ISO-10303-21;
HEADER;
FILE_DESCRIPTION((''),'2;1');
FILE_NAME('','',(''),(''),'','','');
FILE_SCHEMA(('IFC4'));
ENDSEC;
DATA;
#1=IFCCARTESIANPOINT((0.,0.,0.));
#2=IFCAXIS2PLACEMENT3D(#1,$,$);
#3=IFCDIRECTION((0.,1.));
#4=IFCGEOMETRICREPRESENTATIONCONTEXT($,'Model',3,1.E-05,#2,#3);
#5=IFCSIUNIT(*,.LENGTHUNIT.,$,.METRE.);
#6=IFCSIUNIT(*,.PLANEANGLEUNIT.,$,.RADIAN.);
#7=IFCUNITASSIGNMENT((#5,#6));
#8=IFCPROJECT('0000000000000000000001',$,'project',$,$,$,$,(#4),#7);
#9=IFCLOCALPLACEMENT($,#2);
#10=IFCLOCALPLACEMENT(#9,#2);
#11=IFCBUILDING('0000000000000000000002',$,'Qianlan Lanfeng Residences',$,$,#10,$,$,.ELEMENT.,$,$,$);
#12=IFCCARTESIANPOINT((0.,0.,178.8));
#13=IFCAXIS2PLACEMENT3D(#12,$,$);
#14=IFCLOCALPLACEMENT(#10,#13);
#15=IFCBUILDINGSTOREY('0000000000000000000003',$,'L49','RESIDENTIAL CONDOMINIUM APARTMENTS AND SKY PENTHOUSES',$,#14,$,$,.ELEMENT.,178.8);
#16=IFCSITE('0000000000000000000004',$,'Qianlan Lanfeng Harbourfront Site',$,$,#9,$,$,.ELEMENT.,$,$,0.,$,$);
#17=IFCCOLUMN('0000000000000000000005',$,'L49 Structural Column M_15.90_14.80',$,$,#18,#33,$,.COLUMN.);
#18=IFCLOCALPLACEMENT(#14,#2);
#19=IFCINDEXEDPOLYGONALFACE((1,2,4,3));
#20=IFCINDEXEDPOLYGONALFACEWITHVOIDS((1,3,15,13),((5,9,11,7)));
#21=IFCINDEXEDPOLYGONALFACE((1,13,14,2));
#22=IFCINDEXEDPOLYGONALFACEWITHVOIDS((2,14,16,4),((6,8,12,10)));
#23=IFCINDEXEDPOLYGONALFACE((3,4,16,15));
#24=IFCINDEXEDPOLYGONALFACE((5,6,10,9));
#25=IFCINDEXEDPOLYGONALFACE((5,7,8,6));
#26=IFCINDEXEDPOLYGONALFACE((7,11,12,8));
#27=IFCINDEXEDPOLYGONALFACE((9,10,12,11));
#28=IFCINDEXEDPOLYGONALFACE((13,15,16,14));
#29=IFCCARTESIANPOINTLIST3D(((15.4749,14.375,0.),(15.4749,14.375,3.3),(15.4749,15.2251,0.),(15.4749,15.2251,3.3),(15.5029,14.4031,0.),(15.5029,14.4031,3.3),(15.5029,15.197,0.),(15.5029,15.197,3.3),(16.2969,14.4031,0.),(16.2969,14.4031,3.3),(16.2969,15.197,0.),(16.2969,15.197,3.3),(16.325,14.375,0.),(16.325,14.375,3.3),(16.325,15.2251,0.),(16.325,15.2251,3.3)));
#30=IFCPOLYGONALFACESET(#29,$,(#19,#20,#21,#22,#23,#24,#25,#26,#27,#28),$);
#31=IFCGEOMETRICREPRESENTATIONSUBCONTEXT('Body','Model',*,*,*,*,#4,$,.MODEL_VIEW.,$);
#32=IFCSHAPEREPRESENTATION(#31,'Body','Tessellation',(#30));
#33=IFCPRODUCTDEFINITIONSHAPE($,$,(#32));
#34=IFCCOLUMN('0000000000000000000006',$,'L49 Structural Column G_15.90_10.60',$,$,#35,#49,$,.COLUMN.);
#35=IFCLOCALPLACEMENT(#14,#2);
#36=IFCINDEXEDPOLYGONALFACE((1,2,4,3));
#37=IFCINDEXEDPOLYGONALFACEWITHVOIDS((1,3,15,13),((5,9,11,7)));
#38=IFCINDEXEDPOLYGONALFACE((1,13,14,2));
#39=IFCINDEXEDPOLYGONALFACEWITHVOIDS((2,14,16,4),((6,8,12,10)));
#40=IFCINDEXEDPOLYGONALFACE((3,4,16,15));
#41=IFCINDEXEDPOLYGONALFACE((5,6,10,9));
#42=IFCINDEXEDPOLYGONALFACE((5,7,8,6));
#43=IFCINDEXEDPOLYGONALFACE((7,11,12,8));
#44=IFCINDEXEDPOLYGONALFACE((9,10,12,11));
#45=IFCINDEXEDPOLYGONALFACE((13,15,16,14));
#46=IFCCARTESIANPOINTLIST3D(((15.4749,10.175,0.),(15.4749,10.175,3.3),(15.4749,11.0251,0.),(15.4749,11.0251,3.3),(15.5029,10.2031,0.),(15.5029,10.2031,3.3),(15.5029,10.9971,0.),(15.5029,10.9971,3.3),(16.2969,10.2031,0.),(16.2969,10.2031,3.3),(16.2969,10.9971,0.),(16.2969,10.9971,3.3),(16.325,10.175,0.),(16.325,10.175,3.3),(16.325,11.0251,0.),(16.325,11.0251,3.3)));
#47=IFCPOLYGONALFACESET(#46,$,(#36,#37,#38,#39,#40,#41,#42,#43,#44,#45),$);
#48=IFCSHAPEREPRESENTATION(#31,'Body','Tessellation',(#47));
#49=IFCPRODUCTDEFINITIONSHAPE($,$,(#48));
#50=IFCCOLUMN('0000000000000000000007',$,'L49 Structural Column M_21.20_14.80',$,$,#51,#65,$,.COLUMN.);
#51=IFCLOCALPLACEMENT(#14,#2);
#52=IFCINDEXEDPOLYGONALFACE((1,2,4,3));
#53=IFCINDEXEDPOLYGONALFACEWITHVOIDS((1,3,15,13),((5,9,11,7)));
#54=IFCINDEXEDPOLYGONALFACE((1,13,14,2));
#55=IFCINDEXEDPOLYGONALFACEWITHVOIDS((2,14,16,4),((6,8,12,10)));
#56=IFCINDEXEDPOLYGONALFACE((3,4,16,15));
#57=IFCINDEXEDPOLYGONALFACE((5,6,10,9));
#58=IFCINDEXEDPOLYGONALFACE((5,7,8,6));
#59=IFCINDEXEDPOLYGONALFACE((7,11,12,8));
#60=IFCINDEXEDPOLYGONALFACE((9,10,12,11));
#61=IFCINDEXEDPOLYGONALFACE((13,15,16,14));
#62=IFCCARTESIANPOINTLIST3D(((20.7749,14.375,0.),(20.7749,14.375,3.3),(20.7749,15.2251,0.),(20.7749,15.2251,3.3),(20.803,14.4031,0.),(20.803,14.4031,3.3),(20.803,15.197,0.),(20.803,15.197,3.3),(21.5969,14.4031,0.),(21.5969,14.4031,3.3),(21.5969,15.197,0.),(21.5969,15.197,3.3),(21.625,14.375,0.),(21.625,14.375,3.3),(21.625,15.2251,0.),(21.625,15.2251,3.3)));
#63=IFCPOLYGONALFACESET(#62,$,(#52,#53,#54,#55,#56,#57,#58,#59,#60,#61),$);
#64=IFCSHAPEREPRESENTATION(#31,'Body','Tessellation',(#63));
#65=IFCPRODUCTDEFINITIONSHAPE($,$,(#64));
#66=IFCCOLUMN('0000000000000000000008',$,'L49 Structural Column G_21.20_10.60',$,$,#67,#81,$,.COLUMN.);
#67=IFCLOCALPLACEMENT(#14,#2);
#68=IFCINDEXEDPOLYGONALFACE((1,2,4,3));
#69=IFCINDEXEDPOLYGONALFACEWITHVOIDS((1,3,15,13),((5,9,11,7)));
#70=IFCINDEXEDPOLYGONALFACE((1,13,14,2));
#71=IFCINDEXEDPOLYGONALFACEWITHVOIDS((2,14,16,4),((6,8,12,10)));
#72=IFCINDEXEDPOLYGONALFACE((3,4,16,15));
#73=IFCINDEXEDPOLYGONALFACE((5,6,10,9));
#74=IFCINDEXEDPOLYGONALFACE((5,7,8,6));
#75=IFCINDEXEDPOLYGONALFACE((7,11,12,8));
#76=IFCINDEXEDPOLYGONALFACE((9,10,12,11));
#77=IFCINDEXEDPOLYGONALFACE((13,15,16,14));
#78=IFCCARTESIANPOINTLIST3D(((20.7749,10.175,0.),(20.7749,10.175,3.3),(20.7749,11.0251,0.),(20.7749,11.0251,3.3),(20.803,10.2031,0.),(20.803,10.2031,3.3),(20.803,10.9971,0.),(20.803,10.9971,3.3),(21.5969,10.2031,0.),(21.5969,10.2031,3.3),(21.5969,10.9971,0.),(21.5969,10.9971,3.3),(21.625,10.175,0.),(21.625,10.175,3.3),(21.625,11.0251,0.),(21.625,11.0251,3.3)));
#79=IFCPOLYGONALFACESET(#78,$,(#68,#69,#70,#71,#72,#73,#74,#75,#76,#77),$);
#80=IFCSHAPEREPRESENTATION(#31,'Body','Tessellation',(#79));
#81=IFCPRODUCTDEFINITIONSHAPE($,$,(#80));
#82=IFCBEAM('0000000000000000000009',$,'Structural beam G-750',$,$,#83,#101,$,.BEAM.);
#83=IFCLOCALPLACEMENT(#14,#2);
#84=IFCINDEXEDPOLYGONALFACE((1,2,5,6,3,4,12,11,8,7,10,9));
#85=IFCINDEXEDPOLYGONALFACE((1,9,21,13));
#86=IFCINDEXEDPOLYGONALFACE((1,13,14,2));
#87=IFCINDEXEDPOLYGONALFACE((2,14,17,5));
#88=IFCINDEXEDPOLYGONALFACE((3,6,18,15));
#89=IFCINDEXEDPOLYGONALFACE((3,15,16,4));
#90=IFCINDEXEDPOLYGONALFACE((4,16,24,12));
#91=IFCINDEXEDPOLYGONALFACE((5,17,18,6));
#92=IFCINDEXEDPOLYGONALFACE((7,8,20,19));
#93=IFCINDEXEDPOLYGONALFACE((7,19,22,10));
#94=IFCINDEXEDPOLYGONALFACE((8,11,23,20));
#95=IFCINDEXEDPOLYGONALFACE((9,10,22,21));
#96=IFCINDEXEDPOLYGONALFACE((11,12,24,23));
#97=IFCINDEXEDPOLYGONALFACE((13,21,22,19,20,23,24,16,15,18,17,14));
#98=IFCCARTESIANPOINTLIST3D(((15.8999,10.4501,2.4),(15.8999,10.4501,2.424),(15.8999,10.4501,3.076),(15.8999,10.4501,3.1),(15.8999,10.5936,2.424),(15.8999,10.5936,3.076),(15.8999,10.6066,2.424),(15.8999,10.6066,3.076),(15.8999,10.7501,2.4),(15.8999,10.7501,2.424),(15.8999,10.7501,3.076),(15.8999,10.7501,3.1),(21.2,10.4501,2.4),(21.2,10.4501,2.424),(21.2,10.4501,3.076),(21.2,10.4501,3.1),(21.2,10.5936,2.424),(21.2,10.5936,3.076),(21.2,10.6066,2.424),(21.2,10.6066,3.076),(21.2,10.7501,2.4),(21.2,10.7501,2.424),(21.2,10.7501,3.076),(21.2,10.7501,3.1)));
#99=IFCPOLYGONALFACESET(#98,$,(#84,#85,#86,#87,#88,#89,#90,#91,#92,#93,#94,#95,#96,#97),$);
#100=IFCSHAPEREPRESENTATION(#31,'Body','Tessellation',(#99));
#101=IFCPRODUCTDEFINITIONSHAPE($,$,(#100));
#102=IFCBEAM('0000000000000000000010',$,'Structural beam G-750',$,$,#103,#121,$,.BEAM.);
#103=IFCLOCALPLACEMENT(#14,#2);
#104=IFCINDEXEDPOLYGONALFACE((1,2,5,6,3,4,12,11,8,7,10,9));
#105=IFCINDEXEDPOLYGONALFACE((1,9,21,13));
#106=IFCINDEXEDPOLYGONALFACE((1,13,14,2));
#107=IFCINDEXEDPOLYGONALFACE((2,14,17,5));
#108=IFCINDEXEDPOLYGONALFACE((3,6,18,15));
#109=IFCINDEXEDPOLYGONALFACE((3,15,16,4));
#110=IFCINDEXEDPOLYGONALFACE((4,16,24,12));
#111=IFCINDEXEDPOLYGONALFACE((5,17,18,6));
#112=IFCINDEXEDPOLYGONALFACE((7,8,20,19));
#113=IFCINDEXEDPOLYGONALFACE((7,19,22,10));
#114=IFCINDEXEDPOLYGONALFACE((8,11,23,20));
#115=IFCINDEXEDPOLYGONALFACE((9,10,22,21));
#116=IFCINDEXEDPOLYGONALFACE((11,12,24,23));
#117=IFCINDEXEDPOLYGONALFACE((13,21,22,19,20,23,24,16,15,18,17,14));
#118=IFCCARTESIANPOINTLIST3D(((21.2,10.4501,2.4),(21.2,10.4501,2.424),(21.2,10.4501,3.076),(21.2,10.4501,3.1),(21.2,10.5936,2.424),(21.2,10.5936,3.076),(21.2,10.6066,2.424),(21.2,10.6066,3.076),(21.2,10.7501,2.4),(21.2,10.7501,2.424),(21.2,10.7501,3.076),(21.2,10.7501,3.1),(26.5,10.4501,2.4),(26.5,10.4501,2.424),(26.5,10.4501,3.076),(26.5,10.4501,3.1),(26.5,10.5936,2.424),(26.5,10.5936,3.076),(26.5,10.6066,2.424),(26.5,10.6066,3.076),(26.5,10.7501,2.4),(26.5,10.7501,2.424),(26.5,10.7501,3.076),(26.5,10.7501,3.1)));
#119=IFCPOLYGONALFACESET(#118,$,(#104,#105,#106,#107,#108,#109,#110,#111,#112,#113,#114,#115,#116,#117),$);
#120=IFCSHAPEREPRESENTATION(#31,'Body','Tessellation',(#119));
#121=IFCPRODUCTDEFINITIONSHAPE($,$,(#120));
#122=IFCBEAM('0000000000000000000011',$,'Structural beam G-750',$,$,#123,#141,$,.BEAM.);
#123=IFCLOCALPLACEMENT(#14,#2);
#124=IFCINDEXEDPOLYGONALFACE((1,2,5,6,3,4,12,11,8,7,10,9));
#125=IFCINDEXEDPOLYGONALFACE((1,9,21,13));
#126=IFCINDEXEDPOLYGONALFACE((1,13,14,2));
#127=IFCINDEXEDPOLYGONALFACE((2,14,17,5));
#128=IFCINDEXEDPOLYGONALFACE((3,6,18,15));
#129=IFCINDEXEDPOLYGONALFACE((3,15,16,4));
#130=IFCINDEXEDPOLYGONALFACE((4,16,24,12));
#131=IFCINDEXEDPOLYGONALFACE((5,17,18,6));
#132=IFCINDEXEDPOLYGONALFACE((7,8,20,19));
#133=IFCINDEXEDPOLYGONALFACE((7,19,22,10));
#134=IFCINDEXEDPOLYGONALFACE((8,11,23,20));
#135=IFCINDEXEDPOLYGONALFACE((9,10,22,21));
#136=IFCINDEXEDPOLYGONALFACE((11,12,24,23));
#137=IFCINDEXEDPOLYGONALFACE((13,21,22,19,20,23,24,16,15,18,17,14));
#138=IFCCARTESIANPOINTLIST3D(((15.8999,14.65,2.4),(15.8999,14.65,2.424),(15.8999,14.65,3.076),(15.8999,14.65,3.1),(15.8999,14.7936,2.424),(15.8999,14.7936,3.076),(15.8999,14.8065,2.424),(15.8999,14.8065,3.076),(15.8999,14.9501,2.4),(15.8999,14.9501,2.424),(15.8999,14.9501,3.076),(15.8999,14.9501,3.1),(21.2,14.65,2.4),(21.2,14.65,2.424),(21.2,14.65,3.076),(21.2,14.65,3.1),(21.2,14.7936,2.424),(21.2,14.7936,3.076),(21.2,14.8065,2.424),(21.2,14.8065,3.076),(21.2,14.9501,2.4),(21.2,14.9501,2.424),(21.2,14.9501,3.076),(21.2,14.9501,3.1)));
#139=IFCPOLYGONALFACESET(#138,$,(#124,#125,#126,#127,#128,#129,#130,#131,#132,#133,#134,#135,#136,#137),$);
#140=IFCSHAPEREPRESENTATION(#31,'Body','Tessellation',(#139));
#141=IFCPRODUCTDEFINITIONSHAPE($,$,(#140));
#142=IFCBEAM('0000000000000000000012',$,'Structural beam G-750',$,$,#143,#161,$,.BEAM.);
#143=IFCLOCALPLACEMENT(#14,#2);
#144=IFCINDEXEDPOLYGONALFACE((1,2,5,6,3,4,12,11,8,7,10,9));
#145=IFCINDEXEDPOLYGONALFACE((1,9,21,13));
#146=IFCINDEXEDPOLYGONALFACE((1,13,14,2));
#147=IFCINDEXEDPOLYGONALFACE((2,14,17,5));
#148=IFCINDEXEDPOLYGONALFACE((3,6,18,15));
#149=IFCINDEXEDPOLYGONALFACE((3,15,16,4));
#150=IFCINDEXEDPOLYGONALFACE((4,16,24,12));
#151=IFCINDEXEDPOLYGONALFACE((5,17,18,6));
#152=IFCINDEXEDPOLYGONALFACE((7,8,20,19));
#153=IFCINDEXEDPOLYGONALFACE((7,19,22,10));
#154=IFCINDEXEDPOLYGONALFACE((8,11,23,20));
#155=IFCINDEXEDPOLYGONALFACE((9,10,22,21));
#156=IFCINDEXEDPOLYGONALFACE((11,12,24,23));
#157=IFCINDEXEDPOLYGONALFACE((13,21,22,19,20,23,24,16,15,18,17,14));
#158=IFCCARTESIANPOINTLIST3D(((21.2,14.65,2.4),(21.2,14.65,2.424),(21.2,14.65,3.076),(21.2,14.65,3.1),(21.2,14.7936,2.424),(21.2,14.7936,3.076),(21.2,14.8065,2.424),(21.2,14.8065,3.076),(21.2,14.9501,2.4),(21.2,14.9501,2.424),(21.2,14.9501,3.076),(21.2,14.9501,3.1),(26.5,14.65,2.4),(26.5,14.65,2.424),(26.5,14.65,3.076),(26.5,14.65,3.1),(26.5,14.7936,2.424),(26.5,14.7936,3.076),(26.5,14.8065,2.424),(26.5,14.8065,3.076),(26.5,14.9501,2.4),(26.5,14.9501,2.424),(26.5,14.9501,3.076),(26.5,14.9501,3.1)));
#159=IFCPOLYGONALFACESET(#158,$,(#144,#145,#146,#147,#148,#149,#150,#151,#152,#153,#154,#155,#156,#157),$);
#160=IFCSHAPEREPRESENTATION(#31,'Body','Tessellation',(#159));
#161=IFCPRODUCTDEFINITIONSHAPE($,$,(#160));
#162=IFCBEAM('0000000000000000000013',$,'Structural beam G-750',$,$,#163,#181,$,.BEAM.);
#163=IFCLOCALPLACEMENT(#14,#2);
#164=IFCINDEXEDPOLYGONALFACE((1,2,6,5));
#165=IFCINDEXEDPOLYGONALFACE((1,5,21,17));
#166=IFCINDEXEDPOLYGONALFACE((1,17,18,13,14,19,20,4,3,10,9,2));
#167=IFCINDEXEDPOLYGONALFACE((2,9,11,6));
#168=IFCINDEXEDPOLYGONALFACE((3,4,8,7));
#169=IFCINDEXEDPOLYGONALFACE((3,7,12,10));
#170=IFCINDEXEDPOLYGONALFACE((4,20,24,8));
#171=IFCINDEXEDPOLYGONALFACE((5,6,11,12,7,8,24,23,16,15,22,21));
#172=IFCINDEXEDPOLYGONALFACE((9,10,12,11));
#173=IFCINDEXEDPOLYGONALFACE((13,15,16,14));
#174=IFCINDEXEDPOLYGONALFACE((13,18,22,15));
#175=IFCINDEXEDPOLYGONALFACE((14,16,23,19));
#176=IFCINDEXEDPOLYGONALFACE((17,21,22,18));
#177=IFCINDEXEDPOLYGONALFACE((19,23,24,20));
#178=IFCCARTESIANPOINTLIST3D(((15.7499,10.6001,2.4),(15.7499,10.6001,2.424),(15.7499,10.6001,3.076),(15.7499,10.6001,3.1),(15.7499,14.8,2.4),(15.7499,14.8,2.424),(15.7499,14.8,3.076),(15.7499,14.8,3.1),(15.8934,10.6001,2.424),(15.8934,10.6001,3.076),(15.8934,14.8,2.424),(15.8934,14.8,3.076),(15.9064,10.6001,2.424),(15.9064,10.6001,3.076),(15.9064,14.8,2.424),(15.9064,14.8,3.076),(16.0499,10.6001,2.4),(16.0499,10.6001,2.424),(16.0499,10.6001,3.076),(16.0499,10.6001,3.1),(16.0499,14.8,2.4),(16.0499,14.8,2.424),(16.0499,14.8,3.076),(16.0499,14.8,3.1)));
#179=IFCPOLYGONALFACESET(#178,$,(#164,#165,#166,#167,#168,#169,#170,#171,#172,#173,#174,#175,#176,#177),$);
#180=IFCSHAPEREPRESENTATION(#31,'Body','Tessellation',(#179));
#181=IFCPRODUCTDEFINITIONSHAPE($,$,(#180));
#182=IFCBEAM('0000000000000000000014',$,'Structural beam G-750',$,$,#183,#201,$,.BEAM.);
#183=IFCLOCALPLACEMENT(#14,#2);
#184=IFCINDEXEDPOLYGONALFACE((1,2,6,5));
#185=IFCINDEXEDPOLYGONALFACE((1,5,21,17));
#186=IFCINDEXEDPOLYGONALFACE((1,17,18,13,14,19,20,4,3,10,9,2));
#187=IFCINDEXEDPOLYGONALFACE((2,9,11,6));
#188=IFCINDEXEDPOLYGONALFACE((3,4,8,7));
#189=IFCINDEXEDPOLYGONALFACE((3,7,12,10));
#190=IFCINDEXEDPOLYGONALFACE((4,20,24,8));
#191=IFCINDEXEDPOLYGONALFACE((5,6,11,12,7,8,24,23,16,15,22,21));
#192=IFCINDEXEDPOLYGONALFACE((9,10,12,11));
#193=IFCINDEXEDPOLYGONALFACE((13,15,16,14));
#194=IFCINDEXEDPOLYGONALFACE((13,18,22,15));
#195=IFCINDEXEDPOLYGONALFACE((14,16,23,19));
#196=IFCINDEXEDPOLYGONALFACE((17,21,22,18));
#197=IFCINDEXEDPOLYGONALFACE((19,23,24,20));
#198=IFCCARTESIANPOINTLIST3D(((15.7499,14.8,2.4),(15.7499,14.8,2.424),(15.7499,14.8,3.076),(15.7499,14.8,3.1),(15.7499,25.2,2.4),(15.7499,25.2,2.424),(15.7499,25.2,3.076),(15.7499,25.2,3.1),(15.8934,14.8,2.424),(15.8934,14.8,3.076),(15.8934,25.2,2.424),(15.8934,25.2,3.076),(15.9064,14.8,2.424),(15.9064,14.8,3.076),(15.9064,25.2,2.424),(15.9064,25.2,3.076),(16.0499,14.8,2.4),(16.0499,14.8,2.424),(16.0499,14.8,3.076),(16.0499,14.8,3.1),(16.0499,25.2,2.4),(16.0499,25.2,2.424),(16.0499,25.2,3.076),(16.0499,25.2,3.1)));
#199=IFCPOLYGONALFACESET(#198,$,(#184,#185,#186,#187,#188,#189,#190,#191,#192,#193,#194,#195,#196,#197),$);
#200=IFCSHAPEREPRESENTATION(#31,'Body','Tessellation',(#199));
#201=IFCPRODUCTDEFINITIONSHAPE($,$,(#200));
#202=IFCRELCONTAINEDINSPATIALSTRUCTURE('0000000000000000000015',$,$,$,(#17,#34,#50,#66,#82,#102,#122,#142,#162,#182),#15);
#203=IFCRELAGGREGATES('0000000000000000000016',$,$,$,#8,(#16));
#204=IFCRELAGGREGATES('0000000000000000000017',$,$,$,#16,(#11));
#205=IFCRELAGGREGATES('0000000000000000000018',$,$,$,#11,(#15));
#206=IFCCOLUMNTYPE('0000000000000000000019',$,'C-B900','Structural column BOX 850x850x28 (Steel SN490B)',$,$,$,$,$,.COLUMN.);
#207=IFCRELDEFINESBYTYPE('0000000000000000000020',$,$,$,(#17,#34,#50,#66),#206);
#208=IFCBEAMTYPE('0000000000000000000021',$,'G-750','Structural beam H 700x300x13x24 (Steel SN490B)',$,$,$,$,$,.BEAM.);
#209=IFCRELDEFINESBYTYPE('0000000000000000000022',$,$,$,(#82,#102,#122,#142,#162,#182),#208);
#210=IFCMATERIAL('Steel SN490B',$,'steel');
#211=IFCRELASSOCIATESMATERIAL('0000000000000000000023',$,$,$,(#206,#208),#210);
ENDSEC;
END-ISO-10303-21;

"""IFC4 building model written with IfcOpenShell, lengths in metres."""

from ifc_helpers import new_model, si_unit, direction, frame, origin, origin_2d, place, context, subcontext, project, spatial, hollow_rectangle, i_section, extrude, material, material_profile, profile_set, type_object, element, save


model = new_model("IFC4")

# Units and contexts
model_context = context("Model", 3, precision=1e-05, world=origin(), true_north=direction((0.0, 1.0)))
body_context = subcontext(model_context, "Body", "Model", "MODEL_VIEW")
ifc_project = project(units=[si_unit("LENGTHUNIT", "METRE"), si_unit("PLANEANGLEUNIT", "RADIAN")], contexts=[model_context])

# Site, building, storey
site_placement = place(None, origin())
site = spatial("IfcSite", under=ifc_project, at=site_placement, Name="Qianlan Lanfeng Harbourfront Site", CompositionType="ELEMENT", RefElevation=0.0)
building_placement = place(site_placement, origin())
building = spatial("IfcBuilding", under=site, at=building_placement, Name="Qianlan Lanfeng Residences", CompositionType="ELEMENT")
storey_placement = place(building_placement, frame((0.0, 0.0, 178.8)))
storey = spatial("IfcBuildingStorey", under=building, at=storey_placement, Name="L49", Description="RESIDENTIAL CONDOMINIUM APARTMENTS AND SKY PENTHOUSES", CompositionType="ELEMENT", Elevation=178.8)

# Columns
ifc_material_1 = material(Name="Steel SN490B", Category="steel")
ifc_material_profile_1 = material_profile(ifc_material_1, hollow_rectangle(XDim=0.8501, YDim=0.8501, WallThickness=0.0281, at=origin_2d()), Name="BOX 850x850x28")
ifc_profile_set_1 = profile_set([ifc_material_profile_1], Name="Steel SN490B")
column_type = type_object("IfcColumnType", Name="C-B900", Description="Structural column BOX 850x850x28 (Steel SN490B)", PredefinedType="COLUMN", material=ifc_profile_set_1)
for number, where, z_axis, x_axis, name in (
    (1, (15.8999, 14.8, 0.0), (0.0, 0.0, 1.0), (1.0, 0.0, 0.0), "L49 Structural Column M_15.90_14.80"),
    (2, (15.8999, 10.6001, 0.0), (0.0, 0.0, 1.0), (1.0, 0.0, 0.0), "L49 Structural Column G_15.90_10.60"),
    (3, (21.2, 14.8, 0.0), (0.0, 0.0, 1.0), (1.0, 0.0, 0.0), "L49 Structural Column M_21.20_14.80"),
    (4, (21.2, 10.6001, 0.0), (0.0, 0.0, 1.0), (1.0, 0.0, 0.0), "L49 Structural Column G_21.20_10.60"),
):
    element("IfcColumn", number, at=place(storey_placement, frame(where, z_axis=z_axis, x_axis=x_axis)), inside=storey, type_object=column_type, Name=name, PredefinedType="COLUMN", context=body_context, shape_type="SweptSolid", body=[
        extrude(hollow_rectangle(XDim=0.8501, YDim=0.8501, WallThickness=0.0281, at=origin_2d()), origin(), (0.0, 0.0, 1.0), 3.3),
    ])

# Beams
ifc_material_profile_2 = material_profile(ifc_material_1, i_section(OverallWidth=0.3, OverallDepth=0.7, WebThickness=0.0129, FlangeThickness=0.0239, at=origin_2d()), Name="H 700x300x13x24")
ifc_profile_set_2 = profile_set([ifc_material_profile_2], Name="Steel SN490B")
beam_type_1 = type_object("IfcBeamType", Name="G-750", Description="Structural beam H 700x300x13x24 (Steel SN490B)", PredefinedType="BEAM", material=ifc_profile_set_2)
for number, where, z_axis, x_axis, name in (
    (5, (15.8999, 10.6001, 2.75), (1.0, 0.0, 0.0), (0.0, 1.0, 0.0), "Structural beam G-750"),
    (6, (21.2, 10.6001, 2.75), (1.0, 0.0, 0.0), (0.0, 1.0, 0.0), "Structural beam G-750"),
    (7, (15.8999, 14.8, 2.75), (1.0, 0.0, 0.0), (0.0, 1.0, 0.0), "Structural beam G-750"),
    (8, (21.2, 14.8, 2.75), (1.0, 0.0, 0.0), (0.0, 1.0, 0.0), "Structural beam G-750"),
):
    element("IfcBeam", number, at=place(storey_placement, frame(where, z_axis=z_axis, x_axis=x_axis)), inside=storey, type_object=beam_type_1, Name=name, PredefinedType="BEAM", context=body_context, shape_type="SweptSolid", body=[
        extrude(i_section(OverallWidth=0.3, OverallDepth=0.7, WebThickness=0.0129, FlangeThickness=0.0239, at=origin_2d()), origin(), (0.0, 0.0, 1.0), 5.3),
    ])
beam_1_placement = place(storey_placement, frame((15.8999, 10.6001, 2.75), z_axis=(0.0, 1.0, 0.0), x_axis=(-1.0, 0.0, 0.0)))
element("IfcBeam", 9, at=beam_1_placement, inside=storey, type_object=beam_type_1, Name="Structural beam G-750", PredefinedType="BEAM", context=body_context, shape_type="SweptSolid", body=[
    extrude(i_section(OverallWidth=0.3, OverallDepth=0.7, WebThickness=0.0129, FlangeThickness=0.0239, at=origin_2d()), origin(), (0.0, 0.0, 1.0), 4.2),
])
beam_2_placement = place(storey_placement, frame((15.8999, 14.8, 2.75), z_axis=(0.0, 1.0, 0.0), x_axis=(-1.0, 0.0, 0.0)))
element("IfcBeam", 10, at=beam_2_placement, inside=storey, type_object=beam_type_1, Name="Structural beam G-750", PredefinedType="BEAM", context=body_context, shape_type="SweptSolid", body=[
    extrude(i_section(OverallWidth=0.3, OverallDepth=0.7, WebThickness=0.0129, FlangeThickness=0.0239, at=origin_2d()), origin(), (0.0, 0.0, 1.0), 10.3999),
])

save(model, "model.ifc")
